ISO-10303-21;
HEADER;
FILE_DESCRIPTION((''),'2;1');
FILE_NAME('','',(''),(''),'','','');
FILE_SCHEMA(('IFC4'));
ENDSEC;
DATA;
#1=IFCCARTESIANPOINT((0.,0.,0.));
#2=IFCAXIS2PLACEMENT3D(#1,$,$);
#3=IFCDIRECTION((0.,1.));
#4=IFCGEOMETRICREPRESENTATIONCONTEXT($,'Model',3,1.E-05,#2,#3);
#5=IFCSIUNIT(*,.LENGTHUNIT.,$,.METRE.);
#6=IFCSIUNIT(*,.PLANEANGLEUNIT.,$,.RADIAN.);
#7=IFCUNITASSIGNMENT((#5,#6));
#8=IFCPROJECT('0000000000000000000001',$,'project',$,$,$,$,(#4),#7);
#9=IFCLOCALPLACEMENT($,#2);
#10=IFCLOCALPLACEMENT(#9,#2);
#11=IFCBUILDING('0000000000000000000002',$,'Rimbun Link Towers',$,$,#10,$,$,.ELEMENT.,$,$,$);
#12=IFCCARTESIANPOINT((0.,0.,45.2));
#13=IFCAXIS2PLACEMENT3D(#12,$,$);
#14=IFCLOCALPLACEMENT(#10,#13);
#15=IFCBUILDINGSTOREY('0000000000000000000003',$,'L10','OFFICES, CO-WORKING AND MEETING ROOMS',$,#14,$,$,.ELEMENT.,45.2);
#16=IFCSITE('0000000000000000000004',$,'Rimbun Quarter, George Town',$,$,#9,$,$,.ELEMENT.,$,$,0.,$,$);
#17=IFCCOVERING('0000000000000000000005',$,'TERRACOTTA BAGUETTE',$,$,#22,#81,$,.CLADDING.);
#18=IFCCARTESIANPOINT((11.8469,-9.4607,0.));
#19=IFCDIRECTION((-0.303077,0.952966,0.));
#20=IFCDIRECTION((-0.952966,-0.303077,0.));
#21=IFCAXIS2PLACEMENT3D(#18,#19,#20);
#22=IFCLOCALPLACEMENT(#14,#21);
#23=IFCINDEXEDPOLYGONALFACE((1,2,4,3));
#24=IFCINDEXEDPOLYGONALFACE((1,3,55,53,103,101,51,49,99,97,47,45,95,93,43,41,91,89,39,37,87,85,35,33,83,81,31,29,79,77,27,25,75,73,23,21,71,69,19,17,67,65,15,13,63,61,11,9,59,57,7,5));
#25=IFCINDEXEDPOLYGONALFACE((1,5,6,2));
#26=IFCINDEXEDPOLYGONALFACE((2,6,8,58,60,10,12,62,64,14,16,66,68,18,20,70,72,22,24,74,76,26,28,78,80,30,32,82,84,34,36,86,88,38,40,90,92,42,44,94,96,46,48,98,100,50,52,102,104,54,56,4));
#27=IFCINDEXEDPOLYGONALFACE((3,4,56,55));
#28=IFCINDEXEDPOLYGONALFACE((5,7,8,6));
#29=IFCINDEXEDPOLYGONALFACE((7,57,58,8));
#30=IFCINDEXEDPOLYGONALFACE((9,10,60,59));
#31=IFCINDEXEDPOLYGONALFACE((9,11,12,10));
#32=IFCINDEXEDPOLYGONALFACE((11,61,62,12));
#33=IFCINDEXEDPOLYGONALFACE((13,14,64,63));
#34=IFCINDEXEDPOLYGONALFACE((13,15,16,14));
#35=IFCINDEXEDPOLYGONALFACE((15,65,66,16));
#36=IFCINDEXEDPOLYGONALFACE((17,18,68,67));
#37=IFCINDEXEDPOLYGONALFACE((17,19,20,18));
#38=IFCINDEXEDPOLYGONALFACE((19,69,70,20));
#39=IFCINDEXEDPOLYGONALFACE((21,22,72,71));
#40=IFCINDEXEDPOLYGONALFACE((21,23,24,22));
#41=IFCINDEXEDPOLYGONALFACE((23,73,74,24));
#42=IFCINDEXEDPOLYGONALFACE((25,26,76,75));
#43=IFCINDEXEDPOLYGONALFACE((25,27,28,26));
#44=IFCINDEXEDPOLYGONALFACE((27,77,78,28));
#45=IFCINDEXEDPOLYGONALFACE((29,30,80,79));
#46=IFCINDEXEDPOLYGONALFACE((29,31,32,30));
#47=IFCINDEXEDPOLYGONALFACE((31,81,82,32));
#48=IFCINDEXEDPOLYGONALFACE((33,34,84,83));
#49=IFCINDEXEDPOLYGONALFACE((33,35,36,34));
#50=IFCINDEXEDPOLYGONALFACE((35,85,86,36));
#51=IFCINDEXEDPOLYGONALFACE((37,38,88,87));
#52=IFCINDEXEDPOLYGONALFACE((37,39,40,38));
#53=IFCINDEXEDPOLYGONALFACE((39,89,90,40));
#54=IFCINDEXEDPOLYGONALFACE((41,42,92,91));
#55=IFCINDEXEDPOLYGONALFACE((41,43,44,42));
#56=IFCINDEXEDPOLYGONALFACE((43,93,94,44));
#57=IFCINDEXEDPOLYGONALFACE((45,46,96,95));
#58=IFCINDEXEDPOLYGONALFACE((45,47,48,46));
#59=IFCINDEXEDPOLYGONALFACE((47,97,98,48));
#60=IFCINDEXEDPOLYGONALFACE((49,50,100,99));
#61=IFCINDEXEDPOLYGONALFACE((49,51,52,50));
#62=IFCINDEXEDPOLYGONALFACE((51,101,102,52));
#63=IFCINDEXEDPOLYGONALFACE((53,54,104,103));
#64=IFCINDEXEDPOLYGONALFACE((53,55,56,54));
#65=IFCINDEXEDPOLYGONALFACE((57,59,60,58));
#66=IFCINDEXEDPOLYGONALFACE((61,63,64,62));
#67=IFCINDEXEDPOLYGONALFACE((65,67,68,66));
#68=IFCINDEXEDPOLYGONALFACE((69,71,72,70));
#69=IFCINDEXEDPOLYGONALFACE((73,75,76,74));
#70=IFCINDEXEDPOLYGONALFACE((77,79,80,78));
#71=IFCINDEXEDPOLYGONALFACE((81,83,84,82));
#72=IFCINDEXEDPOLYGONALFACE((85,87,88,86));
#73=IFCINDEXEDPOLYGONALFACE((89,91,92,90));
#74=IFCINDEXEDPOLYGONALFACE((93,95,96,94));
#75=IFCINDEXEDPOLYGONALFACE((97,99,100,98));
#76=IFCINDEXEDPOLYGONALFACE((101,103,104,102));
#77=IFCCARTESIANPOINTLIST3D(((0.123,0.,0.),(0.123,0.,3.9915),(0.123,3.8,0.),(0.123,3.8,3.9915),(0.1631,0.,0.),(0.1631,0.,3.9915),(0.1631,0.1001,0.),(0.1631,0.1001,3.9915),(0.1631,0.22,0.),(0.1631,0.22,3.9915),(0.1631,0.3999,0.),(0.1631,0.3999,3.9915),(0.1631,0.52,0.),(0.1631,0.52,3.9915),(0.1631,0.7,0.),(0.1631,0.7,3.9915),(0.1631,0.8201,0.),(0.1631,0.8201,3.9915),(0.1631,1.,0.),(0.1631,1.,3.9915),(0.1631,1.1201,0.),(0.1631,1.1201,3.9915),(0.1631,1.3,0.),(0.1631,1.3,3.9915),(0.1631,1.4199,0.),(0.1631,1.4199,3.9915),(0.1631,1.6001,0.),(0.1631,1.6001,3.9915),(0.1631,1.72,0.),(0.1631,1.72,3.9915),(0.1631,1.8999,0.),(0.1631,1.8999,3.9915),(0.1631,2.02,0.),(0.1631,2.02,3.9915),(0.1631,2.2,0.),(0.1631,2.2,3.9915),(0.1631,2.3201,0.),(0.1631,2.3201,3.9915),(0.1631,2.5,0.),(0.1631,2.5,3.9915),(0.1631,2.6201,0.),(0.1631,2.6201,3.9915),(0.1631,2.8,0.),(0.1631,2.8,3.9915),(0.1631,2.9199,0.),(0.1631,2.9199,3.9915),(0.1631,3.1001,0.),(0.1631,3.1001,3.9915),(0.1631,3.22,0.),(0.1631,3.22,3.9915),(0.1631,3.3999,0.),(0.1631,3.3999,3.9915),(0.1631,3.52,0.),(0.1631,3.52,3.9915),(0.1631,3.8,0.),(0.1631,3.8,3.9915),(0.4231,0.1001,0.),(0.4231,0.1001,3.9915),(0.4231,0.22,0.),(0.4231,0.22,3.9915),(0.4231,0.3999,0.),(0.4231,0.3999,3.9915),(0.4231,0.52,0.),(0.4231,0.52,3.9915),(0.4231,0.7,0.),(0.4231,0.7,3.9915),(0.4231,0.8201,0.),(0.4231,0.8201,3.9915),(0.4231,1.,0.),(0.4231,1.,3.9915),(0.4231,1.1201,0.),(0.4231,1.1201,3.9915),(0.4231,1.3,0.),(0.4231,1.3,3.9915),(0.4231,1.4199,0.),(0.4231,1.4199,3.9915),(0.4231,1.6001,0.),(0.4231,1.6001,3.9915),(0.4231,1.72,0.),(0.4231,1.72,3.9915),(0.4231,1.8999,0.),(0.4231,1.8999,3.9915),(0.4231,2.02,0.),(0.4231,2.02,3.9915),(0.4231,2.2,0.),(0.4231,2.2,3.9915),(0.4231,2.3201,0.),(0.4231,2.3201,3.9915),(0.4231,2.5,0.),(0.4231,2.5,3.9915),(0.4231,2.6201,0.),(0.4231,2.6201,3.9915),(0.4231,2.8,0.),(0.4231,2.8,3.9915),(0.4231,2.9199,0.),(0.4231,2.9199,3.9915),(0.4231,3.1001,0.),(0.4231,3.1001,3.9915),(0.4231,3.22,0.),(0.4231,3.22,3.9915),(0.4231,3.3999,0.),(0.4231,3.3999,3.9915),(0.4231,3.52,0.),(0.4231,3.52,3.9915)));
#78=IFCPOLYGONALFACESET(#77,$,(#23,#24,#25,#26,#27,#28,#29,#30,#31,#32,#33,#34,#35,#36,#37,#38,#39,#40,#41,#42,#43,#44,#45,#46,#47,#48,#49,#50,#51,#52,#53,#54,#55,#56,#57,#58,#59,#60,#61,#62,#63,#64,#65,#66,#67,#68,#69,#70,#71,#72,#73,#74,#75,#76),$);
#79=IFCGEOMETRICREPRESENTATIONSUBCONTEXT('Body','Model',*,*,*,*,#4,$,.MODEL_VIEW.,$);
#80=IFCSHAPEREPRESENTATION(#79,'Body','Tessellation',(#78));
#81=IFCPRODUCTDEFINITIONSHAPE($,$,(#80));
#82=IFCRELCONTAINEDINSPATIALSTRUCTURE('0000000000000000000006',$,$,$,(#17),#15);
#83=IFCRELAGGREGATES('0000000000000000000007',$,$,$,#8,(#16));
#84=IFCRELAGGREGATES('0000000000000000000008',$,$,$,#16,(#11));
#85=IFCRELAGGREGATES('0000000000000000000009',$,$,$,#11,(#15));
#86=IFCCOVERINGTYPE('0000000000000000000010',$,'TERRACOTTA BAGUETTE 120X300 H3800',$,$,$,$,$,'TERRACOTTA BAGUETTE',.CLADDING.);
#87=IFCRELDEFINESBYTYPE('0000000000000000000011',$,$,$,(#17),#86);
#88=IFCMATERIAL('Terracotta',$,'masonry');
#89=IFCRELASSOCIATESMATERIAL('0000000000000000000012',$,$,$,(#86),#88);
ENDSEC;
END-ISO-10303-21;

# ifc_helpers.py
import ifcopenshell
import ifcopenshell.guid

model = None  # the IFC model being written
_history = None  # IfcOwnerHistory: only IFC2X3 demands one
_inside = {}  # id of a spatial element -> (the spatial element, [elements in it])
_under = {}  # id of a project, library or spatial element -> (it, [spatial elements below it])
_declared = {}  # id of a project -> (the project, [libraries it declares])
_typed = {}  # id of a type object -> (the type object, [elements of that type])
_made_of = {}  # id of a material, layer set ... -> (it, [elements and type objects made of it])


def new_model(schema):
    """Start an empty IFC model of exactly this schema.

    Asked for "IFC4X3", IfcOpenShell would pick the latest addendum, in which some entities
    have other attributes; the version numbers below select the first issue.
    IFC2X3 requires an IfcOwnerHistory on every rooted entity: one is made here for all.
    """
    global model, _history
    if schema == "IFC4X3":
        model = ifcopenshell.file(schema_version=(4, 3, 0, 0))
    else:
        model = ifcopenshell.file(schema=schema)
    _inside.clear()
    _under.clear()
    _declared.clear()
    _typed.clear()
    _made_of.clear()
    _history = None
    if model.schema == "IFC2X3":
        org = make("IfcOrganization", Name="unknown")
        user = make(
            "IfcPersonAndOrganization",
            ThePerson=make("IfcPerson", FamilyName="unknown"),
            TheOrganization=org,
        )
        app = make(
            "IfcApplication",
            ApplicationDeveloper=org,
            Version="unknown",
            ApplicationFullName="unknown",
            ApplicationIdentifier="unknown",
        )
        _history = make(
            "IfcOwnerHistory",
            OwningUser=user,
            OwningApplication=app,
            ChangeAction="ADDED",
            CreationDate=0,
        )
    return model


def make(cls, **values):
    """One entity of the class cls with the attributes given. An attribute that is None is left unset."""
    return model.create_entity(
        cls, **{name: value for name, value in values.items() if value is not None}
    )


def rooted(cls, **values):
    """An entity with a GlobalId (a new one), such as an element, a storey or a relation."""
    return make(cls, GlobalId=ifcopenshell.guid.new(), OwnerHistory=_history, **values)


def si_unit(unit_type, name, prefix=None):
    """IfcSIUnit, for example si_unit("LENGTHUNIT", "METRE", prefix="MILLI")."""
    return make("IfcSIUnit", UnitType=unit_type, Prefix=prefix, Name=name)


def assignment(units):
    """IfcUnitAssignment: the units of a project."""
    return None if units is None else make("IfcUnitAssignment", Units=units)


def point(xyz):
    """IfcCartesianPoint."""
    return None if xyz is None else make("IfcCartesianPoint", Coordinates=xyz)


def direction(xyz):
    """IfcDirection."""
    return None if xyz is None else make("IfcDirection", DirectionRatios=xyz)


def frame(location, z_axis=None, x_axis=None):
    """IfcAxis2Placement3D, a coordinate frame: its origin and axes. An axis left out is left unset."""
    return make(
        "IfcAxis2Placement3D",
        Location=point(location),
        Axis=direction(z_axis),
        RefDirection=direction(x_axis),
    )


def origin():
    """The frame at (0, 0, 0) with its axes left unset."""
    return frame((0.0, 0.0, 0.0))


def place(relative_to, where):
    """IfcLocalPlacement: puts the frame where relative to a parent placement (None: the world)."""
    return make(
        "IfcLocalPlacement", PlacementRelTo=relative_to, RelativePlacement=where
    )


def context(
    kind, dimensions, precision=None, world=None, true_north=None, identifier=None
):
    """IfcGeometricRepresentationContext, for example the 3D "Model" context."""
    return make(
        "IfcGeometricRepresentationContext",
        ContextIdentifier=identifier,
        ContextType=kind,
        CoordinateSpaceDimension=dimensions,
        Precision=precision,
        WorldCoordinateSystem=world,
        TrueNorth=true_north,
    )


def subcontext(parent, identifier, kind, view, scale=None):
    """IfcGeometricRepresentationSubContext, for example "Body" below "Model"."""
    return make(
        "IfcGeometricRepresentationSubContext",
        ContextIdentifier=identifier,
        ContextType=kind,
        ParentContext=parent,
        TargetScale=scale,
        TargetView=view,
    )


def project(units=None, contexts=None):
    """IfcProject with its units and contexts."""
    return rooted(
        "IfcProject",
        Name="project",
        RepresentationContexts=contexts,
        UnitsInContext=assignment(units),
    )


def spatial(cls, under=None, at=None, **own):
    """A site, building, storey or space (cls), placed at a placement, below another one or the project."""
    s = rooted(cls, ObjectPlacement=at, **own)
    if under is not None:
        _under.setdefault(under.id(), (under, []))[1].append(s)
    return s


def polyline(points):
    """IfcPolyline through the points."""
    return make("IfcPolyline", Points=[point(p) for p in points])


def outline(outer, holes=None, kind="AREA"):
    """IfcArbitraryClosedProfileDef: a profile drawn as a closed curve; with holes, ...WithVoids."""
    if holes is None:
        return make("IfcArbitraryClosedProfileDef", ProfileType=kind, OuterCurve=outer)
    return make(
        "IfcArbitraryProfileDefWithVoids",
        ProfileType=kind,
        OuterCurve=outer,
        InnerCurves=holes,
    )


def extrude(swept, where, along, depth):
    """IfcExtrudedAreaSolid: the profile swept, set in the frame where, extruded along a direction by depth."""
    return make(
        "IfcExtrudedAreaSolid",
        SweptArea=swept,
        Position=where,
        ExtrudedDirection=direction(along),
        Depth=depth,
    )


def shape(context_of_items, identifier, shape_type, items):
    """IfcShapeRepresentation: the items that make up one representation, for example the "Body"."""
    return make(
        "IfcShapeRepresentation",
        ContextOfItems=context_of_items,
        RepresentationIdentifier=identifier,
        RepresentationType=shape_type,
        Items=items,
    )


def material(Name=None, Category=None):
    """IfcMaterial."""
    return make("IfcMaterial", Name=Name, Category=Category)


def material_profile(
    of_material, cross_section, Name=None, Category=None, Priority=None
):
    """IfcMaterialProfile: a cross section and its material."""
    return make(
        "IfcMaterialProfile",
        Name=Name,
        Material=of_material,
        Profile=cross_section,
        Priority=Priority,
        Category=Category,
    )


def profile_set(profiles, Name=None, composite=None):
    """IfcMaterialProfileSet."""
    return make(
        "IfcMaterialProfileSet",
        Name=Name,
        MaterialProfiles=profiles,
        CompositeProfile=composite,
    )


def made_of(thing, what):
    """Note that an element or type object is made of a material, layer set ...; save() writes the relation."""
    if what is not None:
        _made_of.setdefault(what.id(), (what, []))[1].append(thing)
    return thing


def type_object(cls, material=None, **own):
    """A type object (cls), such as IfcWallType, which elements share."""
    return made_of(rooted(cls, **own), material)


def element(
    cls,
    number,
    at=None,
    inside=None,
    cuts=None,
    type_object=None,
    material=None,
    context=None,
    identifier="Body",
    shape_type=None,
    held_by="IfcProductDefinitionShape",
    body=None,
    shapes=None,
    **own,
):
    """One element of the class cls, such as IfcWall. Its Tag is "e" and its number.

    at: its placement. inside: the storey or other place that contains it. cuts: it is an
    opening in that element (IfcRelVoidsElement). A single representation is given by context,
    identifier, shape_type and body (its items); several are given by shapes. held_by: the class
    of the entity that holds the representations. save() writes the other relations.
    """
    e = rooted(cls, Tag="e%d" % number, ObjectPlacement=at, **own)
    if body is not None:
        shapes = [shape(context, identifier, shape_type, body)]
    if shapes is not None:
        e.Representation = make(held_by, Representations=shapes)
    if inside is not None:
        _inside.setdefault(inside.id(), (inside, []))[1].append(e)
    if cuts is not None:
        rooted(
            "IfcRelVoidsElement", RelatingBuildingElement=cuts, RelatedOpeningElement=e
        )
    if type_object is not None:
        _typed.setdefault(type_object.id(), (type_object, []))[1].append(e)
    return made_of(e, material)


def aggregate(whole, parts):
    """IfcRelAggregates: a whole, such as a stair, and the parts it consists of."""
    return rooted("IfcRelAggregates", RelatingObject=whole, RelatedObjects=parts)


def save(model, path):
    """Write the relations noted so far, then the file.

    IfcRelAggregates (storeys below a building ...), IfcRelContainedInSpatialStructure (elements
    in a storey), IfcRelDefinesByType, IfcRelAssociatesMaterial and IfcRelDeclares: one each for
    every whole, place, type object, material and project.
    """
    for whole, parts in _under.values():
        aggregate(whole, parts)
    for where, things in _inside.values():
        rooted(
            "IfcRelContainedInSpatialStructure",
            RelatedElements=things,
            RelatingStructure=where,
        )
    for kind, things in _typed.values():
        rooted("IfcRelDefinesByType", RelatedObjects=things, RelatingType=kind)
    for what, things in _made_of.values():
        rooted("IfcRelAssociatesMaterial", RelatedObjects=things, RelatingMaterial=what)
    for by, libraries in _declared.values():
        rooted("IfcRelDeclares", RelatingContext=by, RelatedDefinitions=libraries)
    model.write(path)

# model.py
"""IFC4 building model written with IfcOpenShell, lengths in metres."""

from ifc_helpers import new_model, si_unit, direction, frame, origin, place, context, subcontext, project, spatial, polyline, outline, extrude, material, material_profile, profile_set, type_object, element, save


model = new_model("IFC4")

# Units and contexts
model_context = context("Model", 3, precision=1e-05, world=origin(), true_north=direction((0.0, 1.0)))
body_context = subcontext(model_context, "Body", "Model", "MODEL_VIEW")
ifc_project = project(units=[si_unit("LENGTHUNIT", "METRE"), si_unit("PLANEANGLEUNIT", "RADIAN")], contexts=[model_context])

# Site, building, storey
site_placement = place(None, origin())
site = spatial("IfcSite", under=ifc_project, at=site_placement, Name="Rimbun Quarter, George Town", CompositionType="ELEMENT", RefElevation=0.0)
building_placement = place(site_placement, origin())
building = spatial("IfcBuilding", under=site, at=building_placement, Name="Rimbun Link Towers", CompositionType="ELEMENT")
storey_placement = place(building_placement, frame((0.0, 0.0, 45.2)))
storey = spatial("IfcBuildingStorey", under=building, at=storey_placement, Name="L10", Description="OFFICES, CO-WORKING AND MEETING ROOMS", CompositionType="ELEMENT", Elevation=45.2)

# Covering
ifc_material_1 = material(Name="Terracotta", Category="masonry")
ifc_material_profile_1 = material_profile(ifc_material_1, outline(polyline([(0.123, 0.0), (0.1631, 0.0), (0.1631, 0.1001), (0.4231, 0.1001), (0.4231, 0.22), (0.1631, 0.22), (0.1631, 0.3999), (0.4231, 0.3999), (0.4231, 0.52), (0.1631, 0.52), (0.1631, 0.7), (0.4231, 0.7), (0.4231, 0.8201), (0.1631, 0.8201), (0.1631, 1.0), (0.4231, 1.0), (0.4231, 1.1201), (0.1631, 1.1201), (0.1631, 1.3), (0.4231, 1.3), (0.4231, 1.4199), (0.1631, 1.4199), (0.1631, 1.6001), (0.4231, 1.6001), (0.4231, 1.72), (0.1631, 1.72), (0.1631, 1.8999), (0.4231, 1.8999), (0.4231, 2.02), (0.1631, 2.02), (0.1631, 2.2), (0.4231, 2.2), (0.4231, 2.3201), (0.1631, 2.3201), (0.1631, 2.5), (0.4231, 2.5), (0.4231, 2.6201), (0.1631, 2.6201), (0.1631, 2.8), (0.4231, 2.8), (0.4231, 2.9199), (0.1631, 2.9199), (0.1631, 3.1001), (0.4231, 3.1001), (0.4231, 3.22), (0.1631, 3.22), (0.1631, 3.3999), (0.4231, 3.3999), (0.4231, 3.52), (0.1631, 3.52), (0.1631, 3.8), (0.123, 3.8), (0.123, 0.0)])), Name="BAGUETTE 120X300")
ifc_profile_set_1 = profile_set([ifc_material_profile_1], Name="Terracotta")
covering_type_1 = type_object("IfcCoveringType", Name="TERRACOTTA BAGUETTE 120X300 H3800", ElementType="TERRACOTTA BAGUETTE", PredefinedType="CLADDING", material=ifc_profile_set_1)
covering_1_placement = place(storey_placement, frame((11.8469, -9.4607, 0.0), z_axis=(-0.303077, 0.952966, 0.0), x_axis=(-0.952966, -0.303077, 0.0)))
element("IfcCovering", 1, at=covering_1_placement, inside=storey, type_object=covering_type_1, Name="TERRACOTTA BAGUETTE", PredefinedType="CLADDING", context=body_context, shape_type="SweptSolid", body=[
    extrude(outline(polyline([(0.123, 0.0), (0.1631, 0.0), (0.1631, 0.1001), (0.4231, 0.1001), (0.4231, 0.22), (0.1631, 0.22), (0.1631, 0.3999), (0.4231, 0.3999), (0.4231, 0.52), (0.1631, 0.52), (0.1631, 0.7), (0.4231, 0.7), (0.4231, 0.8201), (0.1631, 0.8201), (0.1631, 1.0), (0.4231, 1.0), (0.4231, 1.1201), (0.1631, 1.1201), (0.1631, 1.3), (0.4231, 1.3), (0.4231, 1.4199), (0.1631, 1.4199), (0.1631, 1.6001), (0.4231, 1.6001), (0.4231, 1.72), (0.1631, 1.72), (0.1631, 1.8999), (0.4231, 1.8999), (0.4231, 2.02), (0.1631, 2.02), (0.1631, 2.2), (0.4231, 2.2), (0.4231, 2.3201), (0.1631, 2.3201), (0.1631, 2.5), (0.4231, 2.5), (0.4231, 2.6201), (0.1631, 2.6201), (0.1631, 2.8), (0.4231, 2.8), (0.4231, 2.9199), (0.1631, 2.9199), (0.1631, 3.1001), (0.4231, 3.1001), (0.4231, 3.22), (0.1631, 3.22), (0.1631, 3.3999), (0.4231, 3.3999), (0.4231, 3.52), (0.1631, 3.52), (0.1631, 3.8), (0.123, 3.8), (0.123, 0.0)])), origin(), (0.0, 0.0, 1.0), 3.9915),
])

save(model, "model.ifc")
